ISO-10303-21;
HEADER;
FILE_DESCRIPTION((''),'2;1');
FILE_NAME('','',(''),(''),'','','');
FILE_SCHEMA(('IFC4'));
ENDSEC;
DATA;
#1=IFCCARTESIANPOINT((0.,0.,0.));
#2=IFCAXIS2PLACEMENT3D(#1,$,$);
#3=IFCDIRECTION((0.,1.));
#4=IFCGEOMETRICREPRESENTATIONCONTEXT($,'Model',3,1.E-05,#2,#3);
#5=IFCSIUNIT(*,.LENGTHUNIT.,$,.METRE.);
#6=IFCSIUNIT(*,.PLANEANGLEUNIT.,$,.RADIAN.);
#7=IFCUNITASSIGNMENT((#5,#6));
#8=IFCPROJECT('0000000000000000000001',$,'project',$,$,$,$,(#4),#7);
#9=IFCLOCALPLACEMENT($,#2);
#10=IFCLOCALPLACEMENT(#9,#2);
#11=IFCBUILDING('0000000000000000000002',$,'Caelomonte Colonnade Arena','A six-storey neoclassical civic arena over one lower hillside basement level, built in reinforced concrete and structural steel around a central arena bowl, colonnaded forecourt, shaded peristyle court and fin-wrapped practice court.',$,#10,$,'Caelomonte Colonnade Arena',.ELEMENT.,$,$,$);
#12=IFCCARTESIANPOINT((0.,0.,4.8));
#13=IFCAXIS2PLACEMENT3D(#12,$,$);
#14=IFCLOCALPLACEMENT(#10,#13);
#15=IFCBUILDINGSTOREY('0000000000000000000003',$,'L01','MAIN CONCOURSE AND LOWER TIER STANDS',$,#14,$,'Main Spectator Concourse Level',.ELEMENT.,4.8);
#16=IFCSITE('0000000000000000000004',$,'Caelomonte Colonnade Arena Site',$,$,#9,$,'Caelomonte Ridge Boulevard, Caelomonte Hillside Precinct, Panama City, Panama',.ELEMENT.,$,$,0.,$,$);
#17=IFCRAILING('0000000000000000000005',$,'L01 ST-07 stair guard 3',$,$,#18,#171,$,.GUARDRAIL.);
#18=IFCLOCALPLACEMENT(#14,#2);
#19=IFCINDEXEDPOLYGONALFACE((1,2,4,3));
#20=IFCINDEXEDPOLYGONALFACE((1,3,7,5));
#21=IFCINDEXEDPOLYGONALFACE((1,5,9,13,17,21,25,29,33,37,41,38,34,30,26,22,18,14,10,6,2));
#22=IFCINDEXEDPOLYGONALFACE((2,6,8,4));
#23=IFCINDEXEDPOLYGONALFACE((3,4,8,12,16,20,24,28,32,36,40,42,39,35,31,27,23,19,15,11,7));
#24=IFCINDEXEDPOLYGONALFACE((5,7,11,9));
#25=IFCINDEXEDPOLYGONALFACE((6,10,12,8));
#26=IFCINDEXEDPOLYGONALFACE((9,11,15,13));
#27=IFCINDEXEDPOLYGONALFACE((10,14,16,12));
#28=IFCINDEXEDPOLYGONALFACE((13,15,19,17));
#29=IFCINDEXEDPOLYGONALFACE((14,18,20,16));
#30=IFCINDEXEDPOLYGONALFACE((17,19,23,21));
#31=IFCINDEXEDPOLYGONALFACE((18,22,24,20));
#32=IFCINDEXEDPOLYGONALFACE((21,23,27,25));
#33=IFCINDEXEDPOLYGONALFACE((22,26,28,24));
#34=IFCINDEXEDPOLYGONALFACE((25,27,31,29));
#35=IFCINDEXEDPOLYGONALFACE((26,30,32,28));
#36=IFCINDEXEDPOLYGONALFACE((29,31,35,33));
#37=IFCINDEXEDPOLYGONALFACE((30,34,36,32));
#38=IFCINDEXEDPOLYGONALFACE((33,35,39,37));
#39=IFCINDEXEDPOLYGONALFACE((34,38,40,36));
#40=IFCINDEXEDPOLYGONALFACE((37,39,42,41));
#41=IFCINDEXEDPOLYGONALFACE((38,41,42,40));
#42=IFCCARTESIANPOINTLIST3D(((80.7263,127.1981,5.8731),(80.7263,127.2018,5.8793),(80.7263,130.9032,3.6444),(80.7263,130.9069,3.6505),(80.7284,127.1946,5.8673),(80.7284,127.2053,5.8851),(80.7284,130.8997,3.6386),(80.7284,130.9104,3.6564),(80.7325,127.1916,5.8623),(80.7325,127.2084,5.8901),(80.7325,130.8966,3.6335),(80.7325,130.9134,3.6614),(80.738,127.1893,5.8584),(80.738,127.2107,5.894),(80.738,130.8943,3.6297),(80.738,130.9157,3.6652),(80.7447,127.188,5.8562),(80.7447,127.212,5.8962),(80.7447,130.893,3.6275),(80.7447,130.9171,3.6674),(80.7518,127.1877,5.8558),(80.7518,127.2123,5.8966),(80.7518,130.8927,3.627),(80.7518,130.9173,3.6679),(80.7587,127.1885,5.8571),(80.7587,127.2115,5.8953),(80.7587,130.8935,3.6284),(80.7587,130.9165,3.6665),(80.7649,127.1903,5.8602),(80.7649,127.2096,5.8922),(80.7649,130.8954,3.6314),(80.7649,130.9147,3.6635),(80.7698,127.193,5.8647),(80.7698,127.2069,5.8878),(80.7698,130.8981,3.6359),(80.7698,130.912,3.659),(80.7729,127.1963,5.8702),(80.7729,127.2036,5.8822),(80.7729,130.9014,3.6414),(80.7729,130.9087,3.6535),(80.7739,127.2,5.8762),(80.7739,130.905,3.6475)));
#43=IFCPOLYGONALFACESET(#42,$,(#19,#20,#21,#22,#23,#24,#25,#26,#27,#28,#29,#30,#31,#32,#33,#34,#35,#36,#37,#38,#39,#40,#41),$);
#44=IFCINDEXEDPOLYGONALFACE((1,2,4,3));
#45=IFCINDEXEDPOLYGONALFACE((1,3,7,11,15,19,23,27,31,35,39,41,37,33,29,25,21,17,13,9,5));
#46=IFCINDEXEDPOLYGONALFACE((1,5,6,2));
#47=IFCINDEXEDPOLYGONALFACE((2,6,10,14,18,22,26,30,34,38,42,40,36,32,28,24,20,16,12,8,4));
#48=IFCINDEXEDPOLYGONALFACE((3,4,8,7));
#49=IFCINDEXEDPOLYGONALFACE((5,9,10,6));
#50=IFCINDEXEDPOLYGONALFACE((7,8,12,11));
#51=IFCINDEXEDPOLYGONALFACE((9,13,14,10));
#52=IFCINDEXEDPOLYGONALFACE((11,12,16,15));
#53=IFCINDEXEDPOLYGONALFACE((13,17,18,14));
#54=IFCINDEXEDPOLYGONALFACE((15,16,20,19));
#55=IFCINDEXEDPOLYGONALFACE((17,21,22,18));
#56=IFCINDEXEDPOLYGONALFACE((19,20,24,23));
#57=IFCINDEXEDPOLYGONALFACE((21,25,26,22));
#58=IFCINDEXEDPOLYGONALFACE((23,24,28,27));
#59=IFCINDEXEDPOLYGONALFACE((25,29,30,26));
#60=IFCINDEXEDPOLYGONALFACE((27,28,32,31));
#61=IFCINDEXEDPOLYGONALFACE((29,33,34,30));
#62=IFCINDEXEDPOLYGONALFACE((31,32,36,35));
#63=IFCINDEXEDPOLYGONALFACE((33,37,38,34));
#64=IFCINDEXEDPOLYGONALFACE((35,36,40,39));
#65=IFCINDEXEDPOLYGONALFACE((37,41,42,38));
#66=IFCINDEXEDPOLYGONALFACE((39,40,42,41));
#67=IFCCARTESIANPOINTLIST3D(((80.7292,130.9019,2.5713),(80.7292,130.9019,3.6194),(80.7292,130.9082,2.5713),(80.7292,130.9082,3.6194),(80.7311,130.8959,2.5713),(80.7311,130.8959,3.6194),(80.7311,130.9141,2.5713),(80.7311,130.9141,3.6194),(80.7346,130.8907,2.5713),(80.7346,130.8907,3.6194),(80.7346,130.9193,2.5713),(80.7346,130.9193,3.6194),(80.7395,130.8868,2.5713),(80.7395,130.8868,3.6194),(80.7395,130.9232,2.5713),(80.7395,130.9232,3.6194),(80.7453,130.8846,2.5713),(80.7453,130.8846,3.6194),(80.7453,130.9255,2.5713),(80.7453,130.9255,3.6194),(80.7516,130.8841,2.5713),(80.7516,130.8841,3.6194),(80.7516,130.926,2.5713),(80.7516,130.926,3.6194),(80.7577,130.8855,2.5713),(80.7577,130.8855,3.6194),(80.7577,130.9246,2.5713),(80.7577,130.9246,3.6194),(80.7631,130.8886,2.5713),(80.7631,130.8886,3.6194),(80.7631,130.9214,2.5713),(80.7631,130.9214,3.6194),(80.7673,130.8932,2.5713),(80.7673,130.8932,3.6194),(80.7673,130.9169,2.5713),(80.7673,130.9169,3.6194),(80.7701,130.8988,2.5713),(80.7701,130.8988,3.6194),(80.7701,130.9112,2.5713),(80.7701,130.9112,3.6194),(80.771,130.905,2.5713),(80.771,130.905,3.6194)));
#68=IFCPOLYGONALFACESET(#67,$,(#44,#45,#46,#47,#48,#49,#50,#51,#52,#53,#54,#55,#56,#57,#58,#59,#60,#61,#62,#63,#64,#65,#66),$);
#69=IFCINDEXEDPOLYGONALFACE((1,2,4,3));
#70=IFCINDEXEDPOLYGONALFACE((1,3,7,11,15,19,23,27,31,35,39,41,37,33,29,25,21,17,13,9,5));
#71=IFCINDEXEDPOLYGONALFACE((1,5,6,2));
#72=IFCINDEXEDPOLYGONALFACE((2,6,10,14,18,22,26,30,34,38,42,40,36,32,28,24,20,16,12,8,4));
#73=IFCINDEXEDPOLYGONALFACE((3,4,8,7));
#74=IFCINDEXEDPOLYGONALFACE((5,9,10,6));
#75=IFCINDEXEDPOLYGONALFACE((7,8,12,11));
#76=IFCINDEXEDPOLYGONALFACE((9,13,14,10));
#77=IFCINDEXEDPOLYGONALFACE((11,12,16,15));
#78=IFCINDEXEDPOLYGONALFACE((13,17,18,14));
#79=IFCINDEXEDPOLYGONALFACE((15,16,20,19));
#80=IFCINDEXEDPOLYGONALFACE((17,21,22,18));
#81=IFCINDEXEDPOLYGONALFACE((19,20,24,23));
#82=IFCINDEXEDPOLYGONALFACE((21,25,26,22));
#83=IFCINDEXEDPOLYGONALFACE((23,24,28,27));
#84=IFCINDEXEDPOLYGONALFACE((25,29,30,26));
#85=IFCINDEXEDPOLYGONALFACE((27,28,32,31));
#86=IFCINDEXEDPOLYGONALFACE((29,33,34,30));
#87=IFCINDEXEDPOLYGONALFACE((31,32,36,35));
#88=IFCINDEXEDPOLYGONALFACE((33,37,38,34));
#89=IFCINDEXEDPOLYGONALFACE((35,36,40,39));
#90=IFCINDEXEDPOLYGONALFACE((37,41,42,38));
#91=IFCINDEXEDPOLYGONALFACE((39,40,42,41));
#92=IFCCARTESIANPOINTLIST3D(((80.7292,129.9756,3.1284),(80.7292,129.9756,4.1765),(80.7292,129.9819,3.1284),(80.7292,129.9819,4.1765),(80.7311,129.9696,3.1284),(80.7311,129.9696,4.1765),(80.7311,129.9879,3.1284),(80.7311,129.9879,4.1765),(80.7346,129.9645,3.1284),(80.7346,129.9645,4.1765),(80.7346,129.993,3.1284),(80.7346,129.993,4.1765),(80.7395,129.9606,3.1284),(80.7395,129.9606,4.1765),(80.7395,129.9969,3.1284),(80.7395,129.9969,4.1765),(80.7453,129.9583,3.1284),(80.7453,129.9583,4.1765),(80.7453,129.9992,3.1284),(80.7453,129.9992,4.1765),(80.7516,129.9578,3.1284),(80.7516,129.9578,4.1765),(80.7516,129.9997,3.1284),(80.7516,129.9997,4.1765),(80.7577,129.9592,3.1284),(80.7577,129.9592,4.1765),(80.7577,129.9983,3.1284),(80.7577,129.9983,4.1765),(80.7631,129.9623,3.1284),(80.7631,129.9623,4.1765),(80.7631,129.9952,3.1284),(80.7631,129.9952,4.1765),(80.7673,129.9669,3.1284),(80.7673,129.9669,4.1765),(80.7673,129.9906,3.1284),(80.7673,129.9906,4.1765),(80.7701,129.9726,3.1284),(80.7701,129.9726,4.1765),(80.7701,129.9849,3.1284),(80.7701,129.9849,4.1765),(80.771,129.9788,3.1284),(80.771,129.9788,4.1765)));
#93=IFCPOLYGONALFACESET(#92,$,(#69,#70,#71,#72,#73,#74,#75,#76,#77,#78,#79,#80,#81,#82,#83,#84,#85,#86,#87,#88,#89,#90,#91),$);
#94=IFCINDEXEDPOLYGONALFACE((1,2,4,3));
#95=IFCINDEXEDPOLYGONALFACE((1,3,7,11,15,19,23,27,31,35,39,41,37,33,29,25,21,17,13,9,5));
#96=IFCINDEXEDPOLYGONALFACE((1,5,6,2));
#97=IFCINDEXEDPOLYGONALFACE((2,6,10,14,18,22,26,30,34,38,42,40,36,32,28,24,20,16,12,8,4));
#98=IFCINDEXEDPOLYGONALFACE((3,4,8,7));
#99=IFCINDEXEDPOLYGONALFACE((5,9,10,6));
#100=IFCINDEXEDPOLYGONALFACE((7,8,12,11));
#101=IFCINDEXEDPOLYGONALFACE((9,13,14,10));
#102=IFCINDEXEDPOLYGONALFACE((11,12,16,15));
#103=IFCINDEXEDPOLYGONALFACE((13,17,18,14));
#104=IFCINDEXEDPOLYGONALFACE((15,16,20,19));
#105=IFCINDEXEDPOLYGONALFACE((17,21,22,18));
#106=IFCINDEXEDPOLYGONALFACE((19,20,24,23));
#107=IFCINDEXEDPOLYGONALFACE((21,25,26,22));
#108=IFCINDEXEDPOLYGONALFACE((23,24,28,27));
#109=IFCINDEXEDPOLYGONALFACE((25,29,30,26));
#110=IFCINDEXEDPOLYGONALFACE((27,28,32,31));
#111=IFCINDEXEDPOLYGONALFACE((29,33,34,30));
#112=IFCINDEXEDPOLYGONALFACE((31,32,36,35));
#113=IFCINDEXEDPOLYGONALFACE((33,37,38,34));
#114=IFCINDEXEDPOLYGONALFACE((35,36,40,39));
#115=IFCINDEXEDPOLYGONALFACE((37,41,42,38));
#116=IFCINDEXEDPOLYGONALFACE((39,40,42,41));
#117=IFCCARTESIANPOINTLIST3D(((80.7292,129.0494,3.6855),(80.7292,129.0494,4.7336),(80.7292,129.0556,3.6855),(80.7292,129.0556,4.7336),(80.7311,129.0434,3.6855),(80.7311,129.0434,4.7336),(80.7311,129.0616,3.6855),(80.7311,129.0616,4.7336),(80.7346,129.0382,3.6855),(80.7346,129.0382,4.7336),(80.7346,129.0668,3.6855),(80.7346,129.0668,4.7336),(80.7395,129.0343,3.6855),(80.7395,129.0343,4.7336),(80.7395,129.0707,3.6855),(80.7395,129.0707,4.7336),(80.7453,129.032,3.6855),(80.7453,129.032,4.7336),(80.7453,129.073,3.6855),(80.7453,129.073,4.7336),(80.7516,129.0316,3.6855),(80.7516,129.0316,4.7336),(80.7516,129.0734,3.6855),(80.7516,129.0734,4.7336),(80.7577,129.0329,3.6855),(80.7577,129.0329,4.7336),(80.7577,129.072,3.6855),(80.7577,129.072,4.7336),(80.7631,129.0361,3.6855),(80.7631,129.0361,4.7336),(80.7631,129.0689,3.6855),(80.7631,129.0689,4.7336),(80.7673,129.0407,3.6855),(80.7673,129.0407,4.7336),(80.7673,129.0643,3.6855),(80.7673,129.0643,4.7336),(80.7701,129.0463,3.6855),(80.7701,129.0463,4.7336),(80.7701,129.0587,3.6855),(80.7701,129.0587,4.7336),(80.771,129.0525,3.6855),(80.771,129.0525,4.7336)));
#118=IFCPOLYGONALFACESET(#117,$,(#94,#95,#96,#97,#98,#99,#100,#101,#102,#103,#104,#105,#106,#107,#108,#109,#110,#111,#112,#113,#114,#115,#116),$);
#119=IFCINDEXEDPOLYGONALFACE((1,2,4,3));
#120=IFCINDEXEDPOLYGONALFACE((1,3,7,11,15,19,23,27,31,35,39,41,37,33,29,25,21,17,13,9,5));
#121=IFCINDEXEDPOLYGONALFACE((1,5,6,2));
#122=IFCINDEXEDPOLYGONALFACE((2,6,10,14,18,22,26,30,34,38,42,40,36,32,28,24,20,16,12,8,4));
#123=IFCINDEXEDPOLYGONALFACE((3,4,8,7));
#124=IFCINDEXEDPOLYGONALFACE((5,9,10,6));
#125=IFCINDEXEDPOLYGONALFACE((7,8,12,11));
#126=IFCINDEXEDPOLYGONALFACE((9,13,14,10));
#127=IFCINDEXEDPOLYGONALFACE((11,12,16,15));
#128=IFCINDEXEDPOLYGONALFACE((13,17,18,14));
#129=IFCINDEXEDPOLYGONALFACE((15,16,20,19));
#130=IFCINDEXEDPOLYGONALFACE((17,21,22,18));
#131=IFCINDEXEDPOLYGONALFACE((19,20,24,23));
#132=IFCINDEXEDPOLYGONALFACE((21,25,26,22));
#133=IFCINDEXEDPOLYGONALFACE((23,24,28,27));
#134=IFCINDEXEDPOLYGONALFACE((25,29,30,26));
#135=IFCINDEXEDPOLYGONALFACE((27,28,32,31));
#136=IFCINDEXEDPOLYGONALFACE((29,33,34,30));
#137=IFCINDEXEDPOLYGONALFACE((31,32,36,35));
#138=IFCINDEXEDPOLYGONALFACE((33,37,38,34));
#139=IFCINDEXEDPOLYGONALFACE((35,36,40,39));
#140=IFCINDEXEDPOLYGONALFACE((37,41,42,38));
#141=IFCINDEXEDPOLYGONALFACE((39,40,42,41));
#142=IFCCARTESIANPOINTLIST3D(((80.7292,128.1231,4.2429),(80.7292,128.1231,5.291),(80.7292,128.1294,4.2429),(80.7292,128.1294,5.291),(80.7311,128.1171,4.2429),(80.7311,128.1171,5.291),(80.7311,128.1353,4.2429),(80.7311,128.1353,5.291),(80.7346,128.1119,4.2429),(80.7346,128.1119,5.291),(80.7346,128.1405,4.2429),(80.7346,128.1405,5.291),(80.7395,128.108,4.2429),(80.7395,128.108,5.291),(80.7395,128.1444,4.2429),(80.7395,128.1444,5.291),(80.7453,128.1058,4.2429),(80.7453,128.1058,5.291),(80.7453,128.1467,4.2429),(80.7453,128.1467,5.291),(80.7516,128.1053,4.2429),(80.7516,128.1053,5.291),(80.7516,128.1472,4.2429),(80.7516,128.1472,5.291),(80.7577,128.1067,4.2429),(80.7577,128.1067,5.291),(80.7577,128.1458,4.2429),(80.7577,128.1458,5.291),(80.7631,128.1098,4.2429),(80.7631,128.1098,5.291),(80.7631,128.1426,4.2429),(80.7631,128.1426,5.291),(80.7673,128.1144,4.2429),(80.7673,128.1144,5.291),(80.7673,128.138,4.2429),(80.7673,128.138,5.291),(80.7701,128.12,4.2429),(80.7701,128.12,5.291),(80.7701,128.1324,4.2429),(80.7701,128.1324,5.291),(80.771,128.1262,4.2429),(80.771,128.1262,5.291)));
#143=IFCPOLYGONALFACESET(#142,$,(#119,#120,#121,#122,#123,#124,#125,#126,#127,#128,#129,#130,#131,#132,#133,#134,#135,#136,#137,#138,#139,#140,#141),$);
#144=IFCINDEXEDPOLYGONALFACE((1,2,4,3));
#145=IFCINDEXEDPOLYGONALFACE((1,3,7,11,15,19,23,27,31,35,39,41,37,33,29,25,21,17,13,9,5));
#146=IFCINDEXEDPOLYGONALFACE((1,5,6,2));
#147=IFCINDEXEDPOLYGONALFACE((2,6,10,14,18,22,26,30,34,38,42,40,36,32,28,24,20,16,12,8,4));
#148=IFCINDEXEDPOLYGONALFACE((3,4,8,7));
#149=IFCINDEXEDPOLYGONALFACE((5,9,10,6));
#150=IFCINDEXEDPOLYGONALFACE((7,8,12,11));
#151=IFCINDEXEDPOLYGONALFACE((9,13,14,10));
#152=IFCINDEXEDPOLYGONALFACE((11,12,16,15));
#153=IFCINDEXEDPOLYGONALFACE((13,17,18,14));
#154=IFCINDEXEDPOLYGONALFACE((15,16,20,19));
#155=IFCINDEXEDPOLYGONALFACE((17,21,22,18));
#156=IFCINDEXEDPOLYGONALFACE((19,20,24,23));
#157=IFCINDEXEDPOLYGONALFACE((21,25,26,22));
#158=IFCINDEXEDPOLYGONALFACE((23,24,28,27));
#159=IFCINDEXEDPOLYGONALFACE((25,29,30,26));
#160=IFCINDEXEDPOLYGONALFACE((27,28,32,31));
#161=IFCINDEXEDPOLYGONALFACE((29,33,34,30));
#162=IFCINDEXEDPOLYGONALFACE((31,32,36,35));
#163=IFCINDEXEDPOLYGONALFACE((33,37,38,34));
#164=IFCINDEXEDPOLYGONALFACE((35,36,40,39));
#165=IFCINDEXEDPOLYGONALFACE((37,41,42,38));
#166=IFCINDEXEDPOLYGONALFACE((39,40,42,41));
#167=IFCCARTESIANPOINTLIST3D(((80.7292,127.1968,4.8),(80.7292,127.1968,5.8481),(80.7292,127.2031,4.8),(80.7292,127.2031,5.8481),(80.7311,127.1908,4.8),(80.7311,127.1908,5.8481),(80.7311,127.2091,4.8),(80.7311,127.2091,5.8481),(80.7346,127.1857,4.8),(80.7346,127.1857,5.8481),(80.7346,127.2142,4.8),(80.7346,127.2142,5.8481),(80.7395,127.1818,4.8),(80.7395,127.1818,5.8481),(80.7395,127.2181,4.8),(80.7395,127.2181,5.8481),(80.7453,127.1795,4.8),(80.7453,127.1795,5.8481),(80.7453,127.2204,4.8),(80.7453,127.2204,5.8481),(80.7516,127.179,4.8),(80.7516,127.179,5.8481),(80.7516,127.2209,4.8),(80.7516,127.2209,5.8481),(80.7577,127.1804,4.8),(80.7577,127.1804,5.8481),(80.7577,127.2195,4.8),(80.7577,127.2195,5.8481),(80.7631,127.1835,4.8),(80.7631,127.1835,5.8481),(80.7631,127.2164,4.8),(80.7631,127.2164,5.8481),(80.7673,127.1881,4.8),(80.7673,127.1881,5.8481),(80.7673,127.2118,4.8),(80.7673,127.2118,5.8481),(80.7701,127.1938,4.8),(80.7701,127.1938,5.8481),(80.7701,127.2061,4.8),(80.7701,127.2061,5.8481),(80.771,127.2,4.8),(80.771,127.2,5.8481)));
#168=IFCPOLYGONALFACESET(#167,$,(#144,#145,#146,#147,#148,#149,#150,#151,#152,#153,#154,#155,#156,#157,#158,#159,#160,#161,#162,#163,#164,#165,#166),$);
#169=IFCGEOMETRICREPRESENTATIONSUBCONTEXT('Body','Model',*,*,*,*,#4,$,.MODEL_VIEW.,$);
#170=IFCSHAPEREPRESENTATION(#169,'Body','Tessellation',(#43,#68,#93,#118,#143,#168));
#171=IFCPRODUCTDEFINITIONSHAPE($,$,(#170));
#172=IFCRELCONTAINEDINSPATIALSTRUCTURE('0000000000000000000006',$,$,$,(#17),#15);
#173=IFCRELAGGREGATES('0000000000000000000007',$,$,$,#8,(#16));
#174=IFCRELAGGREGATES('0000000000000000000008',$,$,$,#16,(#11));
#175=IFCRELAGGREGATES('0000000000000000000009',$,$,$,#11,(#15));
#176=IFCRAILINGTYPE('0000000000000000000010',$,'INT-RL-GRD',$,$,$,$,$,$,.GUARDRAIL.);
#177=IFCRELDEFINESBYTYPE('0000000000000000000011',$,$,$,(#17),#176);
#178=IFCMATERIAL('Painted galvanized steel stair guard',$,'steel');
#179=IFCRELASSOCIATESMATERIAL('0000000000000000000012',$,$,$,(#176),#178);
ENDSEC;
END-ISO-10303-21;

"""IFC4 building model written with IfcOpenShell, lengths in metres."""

from ifc_helpers import new_model, si_unit, direction, frame, origin, origin_2d, place, context, subcontext, project, spatial, circle, extrude, material, type_object, element, save


model = new_model("IFC4")

# Units and contexts
model_context = context("Model", 3, precision=1e-05, world=origin(), true_north=direction((0.0, 1.0)))
body_context = subcontext(model_context, "Body", "Model", "MODEL_VIEW")
ifc_project = project(units=[si_unit("LENGTHUNIT", "METRE"), si_unit("PLANEANGLEUNIT", "RADIAN")], contexts=[model_context])

# Site, building, storey
site_placement = place(None, origin())
site = spatial("IfcSite", under=ifc_project, at=site_placement, Name="Caelomonte Colonnade Arena Site", LongName="Caelomonte Ridge Boulevard, Caelomonte Hillside Precinct, Panama City, Panama", CompositionType="ELEMENT", RefElevation=0.0)
building_placement = place(site_placement, origin())
building = spatial("IfcBuilding", under=site, at=building_placement, Name="Caelomonte Colonnade Arena", Description="A six-storey neoclassical civic arena over one lower hillside basement level, built in reinforced concrete and structural steel around a central arena bowl, colonnaded forecourt, shaded peristyle court and fin-wrapped practice court.", LongName="Caelomonte Colonnade Arena", CompositionType="ELEMENT")
storey_placement = place(building_placement, frame((0.0, 0.0, 4.8)))
storey = spatial("IfcBuildingStorey", under=building, at=storey_placement, Name="L01", Description="MAIN CONCOURSE AND LOWER TIER STANDS", LongName="Main Spectator Concourse Level", CompositionType="ELEMENT", Elevation=4.8)

# Railing
ifc_material_1 = material(Name="Painted galvanized steel stair guard", Category="steel")
railing_type_1 = type_object("IfcRailingType", Name="INT-RL-GRD", PredefinedType="GUARDRAIL", material=ifc_material_1)
railing_1_placement = place(storey_placement, frame((80.75, 130.905, 2.5713)))
element("IfcRailing", 1, at=railing_1_placement, inside=storey, type_object=railing_type_1, Name="L01 ST-07 stair guard 3", PredefinedType="GUARDRAIL", context=body_context, shape_type="SweptSolid", body=[
    extrude(circle(Radius=0.0239, at=origin_2d()), frame((0.0, 0.0, 1.0762), z_axis=(0.0, -0.856909, 0.515467), x_axis=(1.0, 0.0, 0.0)), (0.0, 0.0, 1.0), 4.3237),
    extrude(circle(Radius=0.021, at=origin_2d()), origin(), (0.0, 0.0, 1.0), 1.0481),
    extrude(circle(Radius=0.021, at=origin_2d()), frame((0.0, -0.9263, 0.5571)), (0.0, 0.0, 1.0), 1.0481),
    extrude(circle(Radius=0.021, at=origin_2d()), frame((0.0, -1.8525, 1.1143)), (0.0, 0.0, 1.0), 1.0481),
    extrude(circle(Radius=0.021, at=origin_2d()), frame((0.0, -2.7788, 1.6716)), (0.0, 0.0, 1.0), 1.0481),
    extrude(circle(Radius=0.021, at=origin_2d()), frame((0.0, -3.7051, 2.2288)), (0.0, 0.0, 1.0), 1.0481),
])

save(model, "model.ifc")
